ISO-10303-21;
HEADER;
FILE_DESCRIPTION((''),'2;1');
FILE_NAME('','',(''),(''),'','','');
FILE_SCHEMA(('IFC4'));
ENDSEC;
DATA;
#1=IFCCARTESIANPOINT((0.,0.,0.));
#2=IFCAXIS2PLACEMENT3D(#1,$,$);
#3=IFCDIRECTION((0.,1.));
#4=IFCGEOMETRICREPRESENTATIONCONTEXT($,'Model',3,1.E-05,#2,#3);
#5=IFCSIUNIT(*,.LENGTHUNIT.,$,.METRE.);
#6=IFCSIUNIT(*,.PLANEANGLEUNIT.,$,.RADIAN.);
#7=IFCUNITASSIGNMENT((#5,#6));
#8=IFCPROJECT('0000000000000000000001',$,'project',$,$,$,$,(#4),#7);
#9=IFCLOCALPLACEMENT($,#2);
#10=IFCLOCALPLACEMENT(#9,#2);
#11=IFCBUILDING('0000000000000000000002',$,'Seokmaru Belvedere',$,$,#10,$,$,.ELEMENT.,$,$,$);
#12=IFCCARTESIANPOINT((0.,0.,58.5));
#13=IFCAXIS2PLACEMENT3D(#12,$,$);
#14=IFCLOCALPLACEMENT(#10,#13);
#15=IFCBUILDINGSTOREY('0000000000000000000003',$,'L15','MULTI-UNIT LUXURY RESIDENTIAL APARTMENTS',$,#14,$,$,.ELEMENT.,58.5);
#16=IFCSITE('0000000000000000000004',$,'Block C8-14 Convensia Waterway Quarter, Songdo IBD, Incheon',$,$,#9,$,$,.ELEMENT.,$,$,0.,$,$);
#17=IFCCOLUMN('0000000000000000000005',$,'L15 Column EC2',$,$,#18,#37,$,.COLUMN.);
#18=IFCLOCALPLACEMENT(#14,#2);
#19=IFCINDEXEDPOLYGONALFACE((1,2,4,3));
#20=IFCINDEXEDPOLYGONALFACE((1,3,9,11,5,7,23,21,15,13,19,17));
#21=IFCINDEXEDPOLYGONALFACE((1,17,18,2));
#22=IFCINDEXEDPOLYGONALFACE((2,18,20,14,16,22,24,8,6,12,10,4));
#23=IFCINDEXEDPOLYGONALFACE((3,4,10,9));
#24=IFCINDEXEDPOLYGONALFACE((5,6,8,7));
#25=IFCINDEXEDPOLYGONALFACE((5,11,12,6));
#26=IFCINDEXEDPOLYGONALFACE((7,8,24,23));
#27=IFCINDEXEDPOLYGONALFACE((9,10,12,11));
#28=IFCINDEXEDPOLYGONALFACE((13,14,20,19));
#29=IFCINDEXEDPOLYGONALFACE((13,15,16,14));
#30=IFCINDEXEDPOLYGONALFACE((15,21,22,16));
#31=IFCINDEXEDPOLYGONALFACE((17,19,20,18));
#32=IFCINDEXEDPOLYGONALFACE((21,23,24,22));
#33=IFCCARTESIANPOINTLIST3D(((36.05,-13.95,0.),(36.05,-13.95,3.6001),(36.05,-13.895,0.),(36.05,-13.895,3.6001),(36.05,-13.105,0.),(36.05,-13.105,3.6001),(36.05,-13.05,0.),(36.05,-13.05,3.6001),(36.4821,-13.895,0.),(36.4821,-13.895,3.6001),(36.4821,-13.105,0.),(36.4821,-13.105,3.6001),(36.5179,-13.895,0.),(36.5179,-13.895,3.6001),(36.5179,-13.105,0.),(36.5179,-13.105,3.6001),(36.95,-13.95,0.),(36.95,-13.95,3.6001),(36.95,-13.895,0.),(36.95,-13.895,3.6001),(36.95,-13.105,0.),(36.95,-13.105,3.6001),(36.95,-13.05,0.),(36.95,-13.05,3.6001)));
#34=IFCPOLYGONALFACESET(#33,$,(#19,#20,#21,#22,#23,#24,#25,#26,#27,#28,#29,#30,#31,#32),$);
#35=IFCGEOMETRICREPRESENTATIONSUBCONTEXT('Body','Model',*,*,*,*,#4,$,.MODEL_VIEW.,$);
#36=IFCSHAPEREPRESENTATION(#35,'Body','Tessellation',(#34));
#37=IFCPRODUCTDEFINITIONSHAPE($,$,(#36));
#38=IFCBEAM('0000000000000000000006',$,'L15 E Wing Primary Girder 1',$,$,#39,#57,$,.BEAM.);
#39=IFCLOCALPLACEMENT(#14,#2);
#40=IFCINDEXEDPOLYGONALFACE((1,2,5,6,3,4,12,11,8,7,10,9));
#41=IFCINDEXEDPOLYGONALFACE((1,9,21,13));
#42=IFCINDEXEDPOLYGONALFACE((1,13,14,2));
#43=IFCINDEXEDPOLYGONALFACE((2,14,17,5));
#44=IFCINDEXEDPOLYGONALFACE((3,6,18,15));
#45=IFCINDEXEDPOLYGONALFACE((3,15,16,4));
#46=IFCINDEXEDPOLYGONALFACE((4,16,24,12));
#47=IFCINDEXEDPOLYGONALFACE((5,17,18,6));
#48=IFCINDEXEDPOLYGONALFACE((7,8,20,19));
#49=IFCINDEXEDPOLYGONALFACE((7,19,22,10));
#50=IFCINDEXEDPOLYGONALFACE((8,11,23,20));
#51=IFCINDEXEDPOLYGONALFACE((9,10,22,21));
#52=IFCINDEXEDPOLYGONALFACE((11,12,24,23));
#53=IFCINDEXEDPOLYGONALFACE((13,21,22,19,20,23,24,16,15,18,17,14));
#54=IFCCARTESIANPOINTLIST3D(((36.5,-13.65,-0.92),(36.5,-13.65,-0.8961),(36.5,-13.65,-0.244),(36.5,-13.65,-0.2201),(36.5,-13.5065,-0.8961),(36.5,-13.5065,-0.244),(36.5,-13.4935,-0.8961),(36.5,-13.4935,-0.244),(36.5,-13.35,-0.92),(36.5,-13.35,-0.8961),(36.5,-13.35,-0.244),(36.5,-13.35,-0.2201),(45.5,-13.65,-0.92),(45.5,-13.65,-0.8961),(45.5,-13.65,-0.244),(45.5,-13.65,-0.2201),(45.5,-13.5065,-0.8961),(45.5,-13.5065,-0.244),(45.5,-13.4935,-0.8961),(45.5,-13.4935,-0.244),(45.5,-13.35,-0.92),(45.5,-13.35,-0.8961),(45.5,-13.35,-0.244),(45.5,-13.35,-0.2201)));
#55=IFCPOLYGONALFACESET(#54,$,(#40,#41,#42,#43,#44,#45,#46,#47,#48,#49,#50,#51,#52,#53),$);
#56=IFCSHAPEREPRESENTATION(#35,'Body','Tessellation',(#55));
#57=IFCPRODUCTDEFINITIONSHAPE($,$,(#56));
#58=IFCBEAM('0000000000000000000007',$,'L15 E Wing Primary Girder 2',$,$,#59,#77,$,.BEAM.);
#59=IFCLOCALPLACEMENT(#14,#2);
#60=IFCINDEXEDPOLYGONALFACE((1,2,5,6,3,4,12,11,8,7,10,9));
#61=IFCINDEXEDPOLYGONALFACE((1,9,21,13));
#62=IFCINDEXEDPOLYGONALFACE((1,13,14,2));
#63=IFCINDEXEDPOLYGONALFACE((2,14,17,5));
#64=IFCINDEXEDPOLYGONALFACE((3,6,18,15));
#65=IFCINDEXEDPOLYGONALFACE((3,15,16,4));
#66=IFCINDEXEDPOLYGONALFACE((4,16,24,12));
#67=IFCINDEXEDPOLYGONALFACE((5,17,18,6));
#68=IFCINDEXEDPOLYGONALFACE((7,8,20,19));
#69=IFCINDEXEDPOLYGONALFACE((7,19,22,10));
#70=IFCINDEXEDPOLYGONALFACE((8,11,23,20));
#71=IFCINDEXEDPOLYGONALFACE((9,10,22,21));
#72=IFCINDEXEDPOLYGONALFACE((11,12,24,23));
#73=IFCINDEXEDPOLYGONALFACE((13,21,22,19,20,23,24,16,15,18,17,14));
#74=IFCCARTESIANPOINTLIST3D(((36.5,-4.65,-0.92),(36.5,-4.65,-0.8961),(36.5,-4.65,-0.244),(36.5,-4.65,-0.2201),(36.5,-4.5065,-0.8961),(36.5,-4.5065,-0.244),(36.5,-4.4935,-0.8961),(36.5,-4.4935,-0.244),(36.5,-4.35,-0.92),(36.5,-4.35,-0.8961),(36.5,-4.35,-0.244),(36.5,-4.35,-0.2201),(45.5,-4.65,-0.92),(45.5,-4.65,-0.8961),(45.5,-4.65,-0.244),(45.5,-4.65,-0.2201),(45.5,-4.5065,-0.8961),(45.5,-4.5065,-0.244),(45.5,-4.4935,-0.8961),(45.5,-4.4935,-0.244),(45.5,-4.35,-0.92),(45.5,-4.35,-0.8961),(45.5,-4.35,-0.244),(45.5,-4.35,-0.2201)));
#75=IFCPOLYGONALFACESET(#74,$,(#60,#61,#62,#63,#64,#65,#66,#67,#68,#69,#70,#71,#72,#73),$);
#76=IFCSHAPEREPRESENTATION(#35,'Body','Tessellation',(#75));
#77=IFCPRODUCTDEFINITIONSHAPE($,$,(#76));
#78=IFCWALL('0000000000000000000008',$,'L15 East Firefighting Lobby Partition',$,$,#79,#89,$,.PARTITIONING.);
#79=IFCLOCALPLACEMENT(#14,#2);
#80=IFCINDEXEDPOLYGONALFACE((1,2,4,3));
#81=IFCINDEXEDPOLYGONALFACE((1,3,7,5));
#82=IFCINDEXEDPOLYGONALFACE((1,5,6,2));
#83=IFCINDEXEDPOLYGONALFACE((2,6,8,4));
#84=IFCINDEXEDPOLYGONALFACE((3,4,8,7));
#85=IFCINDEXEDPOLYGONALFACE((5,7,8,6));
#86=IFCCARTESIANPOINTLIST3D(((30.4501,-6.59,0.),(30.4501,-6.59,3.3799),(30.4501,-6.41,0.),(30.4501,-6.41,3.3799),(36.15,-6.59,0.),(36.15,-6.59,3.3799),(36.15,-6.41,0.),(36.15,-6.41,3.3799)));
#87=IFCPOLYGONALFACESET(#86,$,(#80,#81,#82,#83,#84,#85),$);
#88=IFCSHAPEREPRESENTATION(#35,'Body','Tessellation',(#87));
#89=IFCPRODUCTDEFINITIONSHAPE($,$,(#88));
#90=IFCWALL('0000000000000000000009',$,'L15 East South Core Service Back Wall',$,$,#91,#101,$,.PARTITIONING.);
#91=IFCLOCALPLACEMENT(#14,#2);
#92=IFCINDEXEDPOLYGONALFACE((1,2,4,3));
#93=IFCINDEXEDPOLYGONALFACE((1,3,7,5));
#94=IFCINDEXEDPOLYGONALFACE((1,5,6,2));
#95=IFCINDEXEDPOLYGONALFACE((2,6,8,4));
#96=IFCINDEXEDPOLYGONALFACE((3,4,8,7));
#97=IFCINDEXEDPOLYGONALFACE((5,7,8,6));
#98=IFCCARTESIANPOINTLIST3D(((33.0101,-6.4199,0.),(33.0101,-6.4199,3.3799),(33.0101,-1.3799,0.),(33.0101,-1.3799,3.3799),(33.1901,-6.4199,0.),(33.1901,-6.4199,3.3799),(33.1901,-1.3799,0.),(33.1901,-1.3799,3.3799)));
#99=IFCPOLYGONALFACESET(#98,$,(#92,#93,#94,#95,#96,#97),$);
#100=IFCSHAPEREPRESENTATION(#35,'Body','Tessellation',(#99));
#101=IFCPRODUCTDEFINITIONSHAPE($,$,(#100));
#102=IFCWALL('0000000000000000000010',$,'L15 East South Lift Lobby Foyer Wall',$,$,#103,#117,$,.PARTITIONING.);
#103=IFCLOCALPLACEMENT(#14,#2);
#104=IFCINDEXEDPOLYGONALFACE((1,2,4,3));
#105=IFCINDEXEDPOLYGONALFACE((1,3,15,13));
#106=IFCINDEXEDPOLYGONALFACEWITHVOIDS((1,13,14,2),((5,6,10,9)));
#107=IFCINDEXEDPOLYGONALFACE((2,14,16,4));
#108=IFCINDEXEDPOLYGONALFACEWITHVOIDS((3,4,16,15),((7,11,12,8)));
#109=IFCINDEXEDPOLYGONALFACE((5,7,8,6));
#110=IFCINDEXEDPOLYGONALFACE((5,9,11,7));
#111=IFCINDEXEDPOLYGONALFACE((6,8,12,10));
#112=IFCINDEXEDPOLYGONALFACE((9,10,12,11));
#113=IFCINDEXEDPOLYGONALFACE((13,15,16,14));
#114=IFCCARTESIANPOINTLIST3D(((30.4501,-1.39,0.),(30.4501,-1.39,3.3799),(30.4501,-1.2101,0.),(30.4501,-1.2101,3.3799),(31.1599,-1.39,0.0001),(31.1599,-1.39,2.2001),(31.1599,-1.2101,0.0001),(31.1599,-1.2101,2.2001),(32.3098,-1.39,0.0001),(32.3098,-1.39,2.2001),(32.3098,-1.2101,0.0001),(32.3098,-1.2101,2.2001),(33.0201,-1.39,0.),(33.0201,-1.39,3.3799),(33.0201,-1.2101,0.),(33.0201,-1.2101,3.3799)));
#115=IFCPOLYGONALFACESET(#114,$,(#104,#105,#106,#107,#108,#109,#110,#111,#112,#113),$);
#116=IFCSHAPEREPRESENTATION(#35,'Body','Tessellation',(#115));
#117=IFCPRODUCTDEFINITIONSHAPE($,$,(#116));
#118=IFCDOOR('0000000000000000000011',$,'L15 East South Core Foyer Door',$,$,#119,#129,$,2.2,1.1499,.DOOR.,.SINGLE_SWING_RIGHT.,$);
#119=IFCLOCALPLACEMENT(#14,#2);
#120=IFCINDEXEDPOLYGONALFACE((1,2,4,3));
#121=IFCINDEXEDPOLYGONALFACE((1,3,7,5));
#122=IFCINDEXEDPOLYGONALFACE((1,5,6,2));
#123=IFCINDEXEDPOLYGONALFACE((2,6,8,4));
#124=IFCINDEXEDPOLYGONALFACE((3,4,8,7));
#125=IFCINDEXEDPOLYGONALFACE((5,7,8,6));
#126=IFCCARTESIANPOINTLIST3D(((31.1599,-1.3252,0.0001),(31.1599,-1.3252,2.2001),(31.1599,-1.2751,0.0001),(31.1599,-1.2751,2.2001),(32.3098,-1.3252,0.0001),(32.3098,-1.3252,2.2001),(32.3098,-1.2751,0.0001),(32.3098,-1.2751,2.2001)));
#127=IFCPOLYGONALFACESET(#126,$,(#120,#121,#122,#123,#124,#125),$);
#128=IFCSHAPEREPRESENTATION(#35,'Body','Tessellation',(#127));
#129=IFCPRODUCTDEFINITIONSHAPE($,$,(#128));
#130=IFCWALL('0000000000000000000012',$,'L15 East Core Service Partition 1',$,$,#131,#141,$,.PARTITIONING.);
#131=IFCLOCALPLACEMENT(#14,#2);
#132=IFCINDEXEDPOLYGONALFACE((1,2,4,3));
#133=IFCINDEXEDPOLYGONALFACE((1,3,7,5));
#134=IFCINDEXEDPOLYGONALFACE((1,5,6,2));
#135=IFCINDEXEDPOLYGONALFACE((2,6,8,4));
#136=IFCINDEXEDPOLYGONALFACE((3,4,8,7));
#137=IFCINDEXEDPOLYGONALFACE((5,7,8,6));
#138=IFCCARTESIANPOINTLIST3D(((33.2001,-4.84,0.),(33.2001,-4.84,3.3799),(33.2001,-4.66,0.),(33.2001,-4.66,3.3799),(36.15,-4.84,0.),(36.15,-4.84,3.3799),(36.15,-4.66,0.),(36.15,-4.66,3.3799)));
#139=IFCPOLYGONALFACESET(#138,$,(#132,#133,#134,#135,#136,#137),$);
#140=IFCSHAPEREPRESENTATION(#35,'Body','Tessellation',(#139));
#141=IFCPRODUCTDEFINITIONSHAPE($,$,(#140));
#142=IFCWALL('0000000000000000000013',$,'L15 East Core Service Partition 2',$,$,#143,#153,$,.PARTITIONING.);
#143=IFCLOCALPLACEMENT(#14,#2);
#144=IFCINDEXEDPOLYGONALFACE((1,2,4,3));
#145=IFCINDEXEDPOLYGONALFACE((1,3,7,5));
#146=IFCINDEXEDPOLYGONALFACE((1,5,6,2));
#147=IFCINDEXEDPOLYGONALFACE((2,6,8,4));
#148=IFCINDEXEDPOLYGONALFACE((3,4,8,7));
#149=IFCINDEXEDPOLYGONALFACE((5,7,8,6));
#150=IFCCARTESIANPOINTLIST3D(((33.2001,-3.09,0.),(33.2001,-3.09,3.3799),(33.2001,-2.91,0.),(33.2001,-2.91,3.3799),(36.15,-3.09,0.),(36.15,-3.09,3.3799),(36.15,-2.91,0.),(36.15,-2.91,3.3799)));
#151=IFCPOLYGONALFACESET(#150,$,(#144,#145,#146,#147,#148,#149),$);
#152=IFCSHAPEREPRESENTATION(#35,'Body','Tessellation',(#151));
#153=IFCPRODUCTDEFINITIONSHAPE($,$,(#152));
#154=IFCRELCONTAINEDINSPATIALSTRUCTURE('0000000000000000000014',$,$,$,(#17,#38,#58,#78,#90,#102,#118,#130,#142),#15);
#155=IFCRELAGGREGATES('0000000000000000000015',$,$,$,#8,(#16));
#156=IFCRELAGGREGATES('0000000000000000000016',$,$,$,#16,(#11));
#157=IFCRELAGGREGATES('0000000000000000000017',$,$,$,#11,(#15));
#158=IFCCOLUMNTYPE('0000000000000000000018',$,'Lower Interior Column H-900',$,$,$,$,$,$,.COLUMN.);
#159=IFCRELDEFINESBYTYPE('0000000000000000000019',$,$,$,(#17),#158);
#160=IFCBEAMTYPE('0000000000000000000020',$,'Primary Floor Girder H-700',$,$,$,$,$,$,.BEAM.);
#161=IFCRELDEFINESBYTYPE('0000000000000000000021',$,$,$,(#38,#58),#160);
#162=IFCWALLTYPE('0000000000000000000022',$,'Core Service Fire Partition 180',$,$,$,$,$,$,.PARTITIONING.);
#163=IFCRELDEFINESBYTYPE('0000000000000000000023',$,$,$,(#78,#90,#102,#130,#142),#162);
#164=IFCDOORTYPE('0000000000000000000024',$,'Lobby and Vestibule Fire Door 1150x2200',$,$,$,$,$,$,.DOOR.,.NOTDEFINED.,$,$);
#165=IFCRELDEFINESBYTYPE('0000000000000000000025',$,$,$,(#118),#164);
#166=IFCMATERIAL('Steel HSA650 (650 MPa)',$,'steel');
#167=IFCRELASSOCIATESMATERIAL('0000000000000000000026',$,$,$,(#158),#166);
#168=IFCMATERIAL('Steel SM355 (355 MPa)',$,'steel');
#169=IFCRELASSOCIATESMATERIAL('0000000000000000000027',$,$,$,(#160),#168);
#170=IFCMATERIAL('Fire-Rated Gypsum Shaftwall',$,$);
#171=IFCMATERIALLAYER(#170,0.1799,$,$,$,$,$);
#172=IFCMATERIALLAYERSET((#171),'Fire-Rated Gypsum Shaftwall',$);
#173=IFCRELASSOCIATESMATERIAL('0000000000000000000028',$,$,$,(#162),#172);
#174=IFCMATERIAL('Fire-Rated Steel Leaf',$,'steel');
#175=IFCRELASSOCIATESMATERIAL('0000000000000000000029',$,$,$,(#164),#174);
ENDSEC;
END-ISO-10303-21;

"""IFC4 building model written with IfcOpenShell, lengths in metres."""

from ifc_helpers import new_model, si_unit, direction, frame, frame_2d, origin, origin_2d, place, context, subcontext, project, spatial, rectangle, i_section, extrude, source, transform, mapped, material, layer, layer_set, material_profile, profile_set, type_object, type_shapes, element, fill, save


model = new_model("IFC4")

# Units and contexts
model_context = context("Model", 3, precision=1e-05, world=origin(), true_north=direction((0.0, 1.0)))
body_context = subcontext(model_context, "Body", "Model", "MODEL_VIEW")
ifc_project = project(units=[si_unit("LENGTHUNIT", "METRE"), si_unit("PLANEANGLEUNIT", "RADIAN")], contexts=[model_context])

# Site, building, storey
site_placement = place(None, origin())
site = spatial("IfcSite", under=ifc_project, at=site_placement, Name="Block C8-14 Convensia Waterway Quarter, Songdo IBD, Incheon", CompositionType="ELEMENT", RefElevation=0.0)
building_placement = place(site_placement, origin())
building = spatial("IfcBuilding", under=site, at=building_placement, Name="Seokmaru Belvedere", CompositionType="ELEMENT")
storey_placement = place(building_placement, frame((0.0, 0.0, 58.5)))
storey = spatial("IfcBuildingStorey", under=building, at=storey_placement, Name="L15", Description="MULTI-UNIT LUXURY RESIDENTIAL APARTMENTS", CompositionType="ELEMENT", Elevation=58.5)

# Column
ifc_material_1 = material(Name="Steel HSA650 (650 MPa)", Category="steel")
ifc_material_profile_1 = material_profile(ifc_material_1, i_section(OverallWidth=0.8999, OverallDepth=0.8999, WebThickness=0.0359, FlangeThickness=0.0549, at=origin_2d()), Name="H-900x900x36x55")
ifc_profile_set_1 = profile_set([ifc_material_profile_1], Name="Steel HSA650 (650 MPa)")
column_type = type_object("IfcColumnType", Name="Lower Interior Column H-900", PredefinedType="COLUMN", material=ifc_profile_set_1)
shared_shape_1 = source(origin(), body_context, "Body", "SweptSolid", [
    extrude(i_section(OverallWidth=0.8999, OverallDepth=0.8999, WebThickness=0.0359, FlangeThickness=0.0549, at=origin_2d()), origin(), (0.0, 0.0, 1.0), 3.6001),
])
type_shapes(column_type, [shared_shape_1])
column_placement = place(storey_placement, frame((36.5, -13.5, 0.0), z_axis=(0.0, 0.0, 1.0), x_axis=(1.0, 0.0, 0.0)))
element("IfcColumn", 1, at=column_placement, inside=storey, type_object=column_type, Name="L15 Column EC2", PredefinedType="COLUMN", context=body_context, shape_type="MappedRepresentation", body=[
    mapped(shared_shape_1, transform((0.0, 0.0, 0.0), scale=1.0)),
])

# Beams
ifc_material_2 = material(Name="Steel SM355 (355 MPa)", Category="steel")
ifc_material_profile_2 = material_profile(ifc_material_2, i_section(OverallWidth=0.3, OverallDepth=0.7, WebThickness=0.0129, FlangeThickness=0.0239, at=origin_2d()), Name="H-700x300x13x24")
ifc_profile_set_2 = profile_set([ifc_material_profile_2], Name="Steel SM355 (355 MPa)")
beam_type = type_object("IfcBeamType", Name="Primary Floor Girder H-700", PredefinedType="BEAM", material=ifc_profile_set_2)
shared_shape_2 = source(origin(), body_context, "Body", "SweptSolid", [
    extrude(i_section(OverallWidth=0.3, OverallDepth=0.7, WebThickness=0.0129, FlangeThickness=0.0239, at=origin_2d()), origin(), (0.0, 0.0, 1.0), 9.0),
])
type_shapes(beam_type, [shared_shape_2])
for number, where, z_axis, x_axis, name in (
    (2, (36.5, -13.5, -0.5701), (1.0, 0.0, 0.0), (0.0, 1.0, 0.0), "L15 E Wing Primary Girder 1"),
    (3, (36.5, -4.5, -0.5701), (1.0, 0.0, 0.0), (0.0, 1.0, 0.0), "L15 E Wing Primary Girder 2"),
):
    element("IfcBeam", number, at=place(storey_placement, frame(where, z_axis=z_axis, x_axis=x_axis)), inside=storey, type_object=beam_type, Name=name, PredefinedType="BEAM", context=body_context, shape_type="MappedRepresentation", body=[
        mapped(shared_shape_2, transform((0.0, 0.0, 0.0), scale=1.0)),
    ])

# Walls
ifc_material_3 = material(Name="Fire-Rated Gypsum Shaftwall")
ifc_layer_1 = layer(ifc_material_3, 0.1799)
ifc_layer_set_1 = layer_set([ifc_layer_1], Name="Fire-Rated Gypsum Shaftwall")
wall_type_1 = type_object("IfcWallType", Name="Core Service Fire Partition 180", PredefinedType="PARTITIONING", material=ifc_layer_set_1)
wall_1_placement = place(storey_placement, frame((30.45, -6.5, 0.0), z_axis=(0.0, 0.0, 1.0), x_axis=(1.0, 0.0, 0.0)))
element("IfcWall", 4, at=wall_1_placement, inside=storey, type_object=wall_type_1, Name="L15 East Firefighting Lobby Partition", PredefinedType="PARTITIONING", context=body_context, shape_type="SweptSolid", body=[
    extrude(rectangle(XDim=5.7, YDim=0.1799, at=frame_2d((2.8501, 0.0))), origin(), (0.0, 0.0, 1.0), 3.3799),
])
wall_2_placement = place(storey_placement, frame((33.1001, -6.4199, 0.0), z_axis=(0.0, 0.0, 1.0), x_axis=(0.0, 1.0, 0.0)))
element("IfcWall", 5, at=wall_2_placement, inside=storey, type_object=wall_type_1, Name="L15 East South Core Service Back Wall", PredefinedType="PARTITIONING", context=body_context, shape_type="SweptSolid", body=[
    extrude(rectangle(XDim=5.04, YDim=0.1799, at=frame_2d((2.52, 0.0))), origin(), (0.0, 0.0, 1.0), 3.3799),
])

# Wall, opening, door
wall_3_placement = place(storey_placement, frame((30.45, -1.3, 0.0), z_axis=(0.0, 0.0, 1.0), x_axis=(1.0, 0.0, 0.0)))
wall_3 = element("IfcWall", 6, at=wall_3_placement, inside=storey, type_object=wall_type_1, Name="L15 East South Lift Lobby Foyer Wall", PredefinedType="PARTITIONING", context=body_context, shape_type="SweptSolid", body=[
    extrude(rectangle(XDim=2.5701, YDim=0.1799, at=frame_2d((1.2852, 0.0))), origin(), (0.0, 0.0, 1.0), 3.3799),
])
opening_1_placement = place(wall_3_placement, frame((0.71, 0.0, 0.0)))
opening_1 = element("IfcOpeningElement", 7, at=opening_1_placement, cuts=wall_3, PredefinedType="OPENING", context=body_context, shape_type="SweptSolid", body=[
    extrude(rectangle(XDim=1.1499, YDim=2.2, at=frame_2d((0.575, 1.1001))), frame((0.0, 0.1001, 0.0), z_axis=(0.0, -1.0, 0.0), x_axis=(1.0, 0.0, 0.0)), (0.0, 0.0, 1.0), 0.2),
])
ifc_material_4 = material(Name="Fire-Rated Steel Leaf", Category="steel")
door_type_1 = type_object("IfcDoorType", Name="Lobby and Vestibule Fire Door 1150x2200", OperationType="NOTDEFINED", PredefinedType="DOOR", material=ifc_material_4)
shared_shape_3 = source(origin(), body_context, "Body", "SweptSolid", [
    extrude(rectangle(XDim=1.1499, YDim=2.2, at=frame_2d((0.575, 1.1001))), frame((0.0, 0.0249, 0.0), z_axis=(0.0, -1.0, 0.0), x_axis=(1.0, 0.0, 0.0)), (0.0, 0.0, 1.0), 0.05),
])
type_shapes(door_type_1, [shared_shape_3])
door_1_placement = place(opening_1_placement, origin())
door_1 = element("IfcDoor", 8, at=door_1_placement, inside=storey, type_object=door_type_1, Name="L15 East South Core Foyer Door", OperationType="SINGLE_SWING_RIGHT", OverallHeight=2.2, OverallWidth=1.1499, PredefinedType="DOOR", context=body_context, shape_type="MappedRepresentation", body=[
    mapped(shared_shape_3, transform((0.0, 0.0, 0.0), scale=1.0)),
])
fill(opening_1, door_1)

# Walls
for number, where, z_axis, x_axis, name in (
    (9, (33.2, -4.75, 0.0), (0.0, 0.0, 1.0), (1.0, 0.0, 0.0), "L15 East Core Service Partition 1"),
    (10, (33.2, -3.0, 0.0), (0.0, 0.0, 1.0), (1.0, 0.0, 0.0), "L15 East Core Service Partition 2"),
):
    element("IfcWall", number, at=place(storey_placement, frame(where, z_axis=z_axis, x_axis=x_axis)), inside=storey, type_object=wall_type_1, Name=name, PredefinedType="PARTITIONING", context=body_context, shape_type="SweptSolid", body=[
        extrude(rectangle(XDim=2.95, YDim=0.1799, at=frame_2d((1.4751, 0.0))), origin(), (0.0, 0.0, 1.0), 3.3799),
    ])

save(model, "model.ifc")
